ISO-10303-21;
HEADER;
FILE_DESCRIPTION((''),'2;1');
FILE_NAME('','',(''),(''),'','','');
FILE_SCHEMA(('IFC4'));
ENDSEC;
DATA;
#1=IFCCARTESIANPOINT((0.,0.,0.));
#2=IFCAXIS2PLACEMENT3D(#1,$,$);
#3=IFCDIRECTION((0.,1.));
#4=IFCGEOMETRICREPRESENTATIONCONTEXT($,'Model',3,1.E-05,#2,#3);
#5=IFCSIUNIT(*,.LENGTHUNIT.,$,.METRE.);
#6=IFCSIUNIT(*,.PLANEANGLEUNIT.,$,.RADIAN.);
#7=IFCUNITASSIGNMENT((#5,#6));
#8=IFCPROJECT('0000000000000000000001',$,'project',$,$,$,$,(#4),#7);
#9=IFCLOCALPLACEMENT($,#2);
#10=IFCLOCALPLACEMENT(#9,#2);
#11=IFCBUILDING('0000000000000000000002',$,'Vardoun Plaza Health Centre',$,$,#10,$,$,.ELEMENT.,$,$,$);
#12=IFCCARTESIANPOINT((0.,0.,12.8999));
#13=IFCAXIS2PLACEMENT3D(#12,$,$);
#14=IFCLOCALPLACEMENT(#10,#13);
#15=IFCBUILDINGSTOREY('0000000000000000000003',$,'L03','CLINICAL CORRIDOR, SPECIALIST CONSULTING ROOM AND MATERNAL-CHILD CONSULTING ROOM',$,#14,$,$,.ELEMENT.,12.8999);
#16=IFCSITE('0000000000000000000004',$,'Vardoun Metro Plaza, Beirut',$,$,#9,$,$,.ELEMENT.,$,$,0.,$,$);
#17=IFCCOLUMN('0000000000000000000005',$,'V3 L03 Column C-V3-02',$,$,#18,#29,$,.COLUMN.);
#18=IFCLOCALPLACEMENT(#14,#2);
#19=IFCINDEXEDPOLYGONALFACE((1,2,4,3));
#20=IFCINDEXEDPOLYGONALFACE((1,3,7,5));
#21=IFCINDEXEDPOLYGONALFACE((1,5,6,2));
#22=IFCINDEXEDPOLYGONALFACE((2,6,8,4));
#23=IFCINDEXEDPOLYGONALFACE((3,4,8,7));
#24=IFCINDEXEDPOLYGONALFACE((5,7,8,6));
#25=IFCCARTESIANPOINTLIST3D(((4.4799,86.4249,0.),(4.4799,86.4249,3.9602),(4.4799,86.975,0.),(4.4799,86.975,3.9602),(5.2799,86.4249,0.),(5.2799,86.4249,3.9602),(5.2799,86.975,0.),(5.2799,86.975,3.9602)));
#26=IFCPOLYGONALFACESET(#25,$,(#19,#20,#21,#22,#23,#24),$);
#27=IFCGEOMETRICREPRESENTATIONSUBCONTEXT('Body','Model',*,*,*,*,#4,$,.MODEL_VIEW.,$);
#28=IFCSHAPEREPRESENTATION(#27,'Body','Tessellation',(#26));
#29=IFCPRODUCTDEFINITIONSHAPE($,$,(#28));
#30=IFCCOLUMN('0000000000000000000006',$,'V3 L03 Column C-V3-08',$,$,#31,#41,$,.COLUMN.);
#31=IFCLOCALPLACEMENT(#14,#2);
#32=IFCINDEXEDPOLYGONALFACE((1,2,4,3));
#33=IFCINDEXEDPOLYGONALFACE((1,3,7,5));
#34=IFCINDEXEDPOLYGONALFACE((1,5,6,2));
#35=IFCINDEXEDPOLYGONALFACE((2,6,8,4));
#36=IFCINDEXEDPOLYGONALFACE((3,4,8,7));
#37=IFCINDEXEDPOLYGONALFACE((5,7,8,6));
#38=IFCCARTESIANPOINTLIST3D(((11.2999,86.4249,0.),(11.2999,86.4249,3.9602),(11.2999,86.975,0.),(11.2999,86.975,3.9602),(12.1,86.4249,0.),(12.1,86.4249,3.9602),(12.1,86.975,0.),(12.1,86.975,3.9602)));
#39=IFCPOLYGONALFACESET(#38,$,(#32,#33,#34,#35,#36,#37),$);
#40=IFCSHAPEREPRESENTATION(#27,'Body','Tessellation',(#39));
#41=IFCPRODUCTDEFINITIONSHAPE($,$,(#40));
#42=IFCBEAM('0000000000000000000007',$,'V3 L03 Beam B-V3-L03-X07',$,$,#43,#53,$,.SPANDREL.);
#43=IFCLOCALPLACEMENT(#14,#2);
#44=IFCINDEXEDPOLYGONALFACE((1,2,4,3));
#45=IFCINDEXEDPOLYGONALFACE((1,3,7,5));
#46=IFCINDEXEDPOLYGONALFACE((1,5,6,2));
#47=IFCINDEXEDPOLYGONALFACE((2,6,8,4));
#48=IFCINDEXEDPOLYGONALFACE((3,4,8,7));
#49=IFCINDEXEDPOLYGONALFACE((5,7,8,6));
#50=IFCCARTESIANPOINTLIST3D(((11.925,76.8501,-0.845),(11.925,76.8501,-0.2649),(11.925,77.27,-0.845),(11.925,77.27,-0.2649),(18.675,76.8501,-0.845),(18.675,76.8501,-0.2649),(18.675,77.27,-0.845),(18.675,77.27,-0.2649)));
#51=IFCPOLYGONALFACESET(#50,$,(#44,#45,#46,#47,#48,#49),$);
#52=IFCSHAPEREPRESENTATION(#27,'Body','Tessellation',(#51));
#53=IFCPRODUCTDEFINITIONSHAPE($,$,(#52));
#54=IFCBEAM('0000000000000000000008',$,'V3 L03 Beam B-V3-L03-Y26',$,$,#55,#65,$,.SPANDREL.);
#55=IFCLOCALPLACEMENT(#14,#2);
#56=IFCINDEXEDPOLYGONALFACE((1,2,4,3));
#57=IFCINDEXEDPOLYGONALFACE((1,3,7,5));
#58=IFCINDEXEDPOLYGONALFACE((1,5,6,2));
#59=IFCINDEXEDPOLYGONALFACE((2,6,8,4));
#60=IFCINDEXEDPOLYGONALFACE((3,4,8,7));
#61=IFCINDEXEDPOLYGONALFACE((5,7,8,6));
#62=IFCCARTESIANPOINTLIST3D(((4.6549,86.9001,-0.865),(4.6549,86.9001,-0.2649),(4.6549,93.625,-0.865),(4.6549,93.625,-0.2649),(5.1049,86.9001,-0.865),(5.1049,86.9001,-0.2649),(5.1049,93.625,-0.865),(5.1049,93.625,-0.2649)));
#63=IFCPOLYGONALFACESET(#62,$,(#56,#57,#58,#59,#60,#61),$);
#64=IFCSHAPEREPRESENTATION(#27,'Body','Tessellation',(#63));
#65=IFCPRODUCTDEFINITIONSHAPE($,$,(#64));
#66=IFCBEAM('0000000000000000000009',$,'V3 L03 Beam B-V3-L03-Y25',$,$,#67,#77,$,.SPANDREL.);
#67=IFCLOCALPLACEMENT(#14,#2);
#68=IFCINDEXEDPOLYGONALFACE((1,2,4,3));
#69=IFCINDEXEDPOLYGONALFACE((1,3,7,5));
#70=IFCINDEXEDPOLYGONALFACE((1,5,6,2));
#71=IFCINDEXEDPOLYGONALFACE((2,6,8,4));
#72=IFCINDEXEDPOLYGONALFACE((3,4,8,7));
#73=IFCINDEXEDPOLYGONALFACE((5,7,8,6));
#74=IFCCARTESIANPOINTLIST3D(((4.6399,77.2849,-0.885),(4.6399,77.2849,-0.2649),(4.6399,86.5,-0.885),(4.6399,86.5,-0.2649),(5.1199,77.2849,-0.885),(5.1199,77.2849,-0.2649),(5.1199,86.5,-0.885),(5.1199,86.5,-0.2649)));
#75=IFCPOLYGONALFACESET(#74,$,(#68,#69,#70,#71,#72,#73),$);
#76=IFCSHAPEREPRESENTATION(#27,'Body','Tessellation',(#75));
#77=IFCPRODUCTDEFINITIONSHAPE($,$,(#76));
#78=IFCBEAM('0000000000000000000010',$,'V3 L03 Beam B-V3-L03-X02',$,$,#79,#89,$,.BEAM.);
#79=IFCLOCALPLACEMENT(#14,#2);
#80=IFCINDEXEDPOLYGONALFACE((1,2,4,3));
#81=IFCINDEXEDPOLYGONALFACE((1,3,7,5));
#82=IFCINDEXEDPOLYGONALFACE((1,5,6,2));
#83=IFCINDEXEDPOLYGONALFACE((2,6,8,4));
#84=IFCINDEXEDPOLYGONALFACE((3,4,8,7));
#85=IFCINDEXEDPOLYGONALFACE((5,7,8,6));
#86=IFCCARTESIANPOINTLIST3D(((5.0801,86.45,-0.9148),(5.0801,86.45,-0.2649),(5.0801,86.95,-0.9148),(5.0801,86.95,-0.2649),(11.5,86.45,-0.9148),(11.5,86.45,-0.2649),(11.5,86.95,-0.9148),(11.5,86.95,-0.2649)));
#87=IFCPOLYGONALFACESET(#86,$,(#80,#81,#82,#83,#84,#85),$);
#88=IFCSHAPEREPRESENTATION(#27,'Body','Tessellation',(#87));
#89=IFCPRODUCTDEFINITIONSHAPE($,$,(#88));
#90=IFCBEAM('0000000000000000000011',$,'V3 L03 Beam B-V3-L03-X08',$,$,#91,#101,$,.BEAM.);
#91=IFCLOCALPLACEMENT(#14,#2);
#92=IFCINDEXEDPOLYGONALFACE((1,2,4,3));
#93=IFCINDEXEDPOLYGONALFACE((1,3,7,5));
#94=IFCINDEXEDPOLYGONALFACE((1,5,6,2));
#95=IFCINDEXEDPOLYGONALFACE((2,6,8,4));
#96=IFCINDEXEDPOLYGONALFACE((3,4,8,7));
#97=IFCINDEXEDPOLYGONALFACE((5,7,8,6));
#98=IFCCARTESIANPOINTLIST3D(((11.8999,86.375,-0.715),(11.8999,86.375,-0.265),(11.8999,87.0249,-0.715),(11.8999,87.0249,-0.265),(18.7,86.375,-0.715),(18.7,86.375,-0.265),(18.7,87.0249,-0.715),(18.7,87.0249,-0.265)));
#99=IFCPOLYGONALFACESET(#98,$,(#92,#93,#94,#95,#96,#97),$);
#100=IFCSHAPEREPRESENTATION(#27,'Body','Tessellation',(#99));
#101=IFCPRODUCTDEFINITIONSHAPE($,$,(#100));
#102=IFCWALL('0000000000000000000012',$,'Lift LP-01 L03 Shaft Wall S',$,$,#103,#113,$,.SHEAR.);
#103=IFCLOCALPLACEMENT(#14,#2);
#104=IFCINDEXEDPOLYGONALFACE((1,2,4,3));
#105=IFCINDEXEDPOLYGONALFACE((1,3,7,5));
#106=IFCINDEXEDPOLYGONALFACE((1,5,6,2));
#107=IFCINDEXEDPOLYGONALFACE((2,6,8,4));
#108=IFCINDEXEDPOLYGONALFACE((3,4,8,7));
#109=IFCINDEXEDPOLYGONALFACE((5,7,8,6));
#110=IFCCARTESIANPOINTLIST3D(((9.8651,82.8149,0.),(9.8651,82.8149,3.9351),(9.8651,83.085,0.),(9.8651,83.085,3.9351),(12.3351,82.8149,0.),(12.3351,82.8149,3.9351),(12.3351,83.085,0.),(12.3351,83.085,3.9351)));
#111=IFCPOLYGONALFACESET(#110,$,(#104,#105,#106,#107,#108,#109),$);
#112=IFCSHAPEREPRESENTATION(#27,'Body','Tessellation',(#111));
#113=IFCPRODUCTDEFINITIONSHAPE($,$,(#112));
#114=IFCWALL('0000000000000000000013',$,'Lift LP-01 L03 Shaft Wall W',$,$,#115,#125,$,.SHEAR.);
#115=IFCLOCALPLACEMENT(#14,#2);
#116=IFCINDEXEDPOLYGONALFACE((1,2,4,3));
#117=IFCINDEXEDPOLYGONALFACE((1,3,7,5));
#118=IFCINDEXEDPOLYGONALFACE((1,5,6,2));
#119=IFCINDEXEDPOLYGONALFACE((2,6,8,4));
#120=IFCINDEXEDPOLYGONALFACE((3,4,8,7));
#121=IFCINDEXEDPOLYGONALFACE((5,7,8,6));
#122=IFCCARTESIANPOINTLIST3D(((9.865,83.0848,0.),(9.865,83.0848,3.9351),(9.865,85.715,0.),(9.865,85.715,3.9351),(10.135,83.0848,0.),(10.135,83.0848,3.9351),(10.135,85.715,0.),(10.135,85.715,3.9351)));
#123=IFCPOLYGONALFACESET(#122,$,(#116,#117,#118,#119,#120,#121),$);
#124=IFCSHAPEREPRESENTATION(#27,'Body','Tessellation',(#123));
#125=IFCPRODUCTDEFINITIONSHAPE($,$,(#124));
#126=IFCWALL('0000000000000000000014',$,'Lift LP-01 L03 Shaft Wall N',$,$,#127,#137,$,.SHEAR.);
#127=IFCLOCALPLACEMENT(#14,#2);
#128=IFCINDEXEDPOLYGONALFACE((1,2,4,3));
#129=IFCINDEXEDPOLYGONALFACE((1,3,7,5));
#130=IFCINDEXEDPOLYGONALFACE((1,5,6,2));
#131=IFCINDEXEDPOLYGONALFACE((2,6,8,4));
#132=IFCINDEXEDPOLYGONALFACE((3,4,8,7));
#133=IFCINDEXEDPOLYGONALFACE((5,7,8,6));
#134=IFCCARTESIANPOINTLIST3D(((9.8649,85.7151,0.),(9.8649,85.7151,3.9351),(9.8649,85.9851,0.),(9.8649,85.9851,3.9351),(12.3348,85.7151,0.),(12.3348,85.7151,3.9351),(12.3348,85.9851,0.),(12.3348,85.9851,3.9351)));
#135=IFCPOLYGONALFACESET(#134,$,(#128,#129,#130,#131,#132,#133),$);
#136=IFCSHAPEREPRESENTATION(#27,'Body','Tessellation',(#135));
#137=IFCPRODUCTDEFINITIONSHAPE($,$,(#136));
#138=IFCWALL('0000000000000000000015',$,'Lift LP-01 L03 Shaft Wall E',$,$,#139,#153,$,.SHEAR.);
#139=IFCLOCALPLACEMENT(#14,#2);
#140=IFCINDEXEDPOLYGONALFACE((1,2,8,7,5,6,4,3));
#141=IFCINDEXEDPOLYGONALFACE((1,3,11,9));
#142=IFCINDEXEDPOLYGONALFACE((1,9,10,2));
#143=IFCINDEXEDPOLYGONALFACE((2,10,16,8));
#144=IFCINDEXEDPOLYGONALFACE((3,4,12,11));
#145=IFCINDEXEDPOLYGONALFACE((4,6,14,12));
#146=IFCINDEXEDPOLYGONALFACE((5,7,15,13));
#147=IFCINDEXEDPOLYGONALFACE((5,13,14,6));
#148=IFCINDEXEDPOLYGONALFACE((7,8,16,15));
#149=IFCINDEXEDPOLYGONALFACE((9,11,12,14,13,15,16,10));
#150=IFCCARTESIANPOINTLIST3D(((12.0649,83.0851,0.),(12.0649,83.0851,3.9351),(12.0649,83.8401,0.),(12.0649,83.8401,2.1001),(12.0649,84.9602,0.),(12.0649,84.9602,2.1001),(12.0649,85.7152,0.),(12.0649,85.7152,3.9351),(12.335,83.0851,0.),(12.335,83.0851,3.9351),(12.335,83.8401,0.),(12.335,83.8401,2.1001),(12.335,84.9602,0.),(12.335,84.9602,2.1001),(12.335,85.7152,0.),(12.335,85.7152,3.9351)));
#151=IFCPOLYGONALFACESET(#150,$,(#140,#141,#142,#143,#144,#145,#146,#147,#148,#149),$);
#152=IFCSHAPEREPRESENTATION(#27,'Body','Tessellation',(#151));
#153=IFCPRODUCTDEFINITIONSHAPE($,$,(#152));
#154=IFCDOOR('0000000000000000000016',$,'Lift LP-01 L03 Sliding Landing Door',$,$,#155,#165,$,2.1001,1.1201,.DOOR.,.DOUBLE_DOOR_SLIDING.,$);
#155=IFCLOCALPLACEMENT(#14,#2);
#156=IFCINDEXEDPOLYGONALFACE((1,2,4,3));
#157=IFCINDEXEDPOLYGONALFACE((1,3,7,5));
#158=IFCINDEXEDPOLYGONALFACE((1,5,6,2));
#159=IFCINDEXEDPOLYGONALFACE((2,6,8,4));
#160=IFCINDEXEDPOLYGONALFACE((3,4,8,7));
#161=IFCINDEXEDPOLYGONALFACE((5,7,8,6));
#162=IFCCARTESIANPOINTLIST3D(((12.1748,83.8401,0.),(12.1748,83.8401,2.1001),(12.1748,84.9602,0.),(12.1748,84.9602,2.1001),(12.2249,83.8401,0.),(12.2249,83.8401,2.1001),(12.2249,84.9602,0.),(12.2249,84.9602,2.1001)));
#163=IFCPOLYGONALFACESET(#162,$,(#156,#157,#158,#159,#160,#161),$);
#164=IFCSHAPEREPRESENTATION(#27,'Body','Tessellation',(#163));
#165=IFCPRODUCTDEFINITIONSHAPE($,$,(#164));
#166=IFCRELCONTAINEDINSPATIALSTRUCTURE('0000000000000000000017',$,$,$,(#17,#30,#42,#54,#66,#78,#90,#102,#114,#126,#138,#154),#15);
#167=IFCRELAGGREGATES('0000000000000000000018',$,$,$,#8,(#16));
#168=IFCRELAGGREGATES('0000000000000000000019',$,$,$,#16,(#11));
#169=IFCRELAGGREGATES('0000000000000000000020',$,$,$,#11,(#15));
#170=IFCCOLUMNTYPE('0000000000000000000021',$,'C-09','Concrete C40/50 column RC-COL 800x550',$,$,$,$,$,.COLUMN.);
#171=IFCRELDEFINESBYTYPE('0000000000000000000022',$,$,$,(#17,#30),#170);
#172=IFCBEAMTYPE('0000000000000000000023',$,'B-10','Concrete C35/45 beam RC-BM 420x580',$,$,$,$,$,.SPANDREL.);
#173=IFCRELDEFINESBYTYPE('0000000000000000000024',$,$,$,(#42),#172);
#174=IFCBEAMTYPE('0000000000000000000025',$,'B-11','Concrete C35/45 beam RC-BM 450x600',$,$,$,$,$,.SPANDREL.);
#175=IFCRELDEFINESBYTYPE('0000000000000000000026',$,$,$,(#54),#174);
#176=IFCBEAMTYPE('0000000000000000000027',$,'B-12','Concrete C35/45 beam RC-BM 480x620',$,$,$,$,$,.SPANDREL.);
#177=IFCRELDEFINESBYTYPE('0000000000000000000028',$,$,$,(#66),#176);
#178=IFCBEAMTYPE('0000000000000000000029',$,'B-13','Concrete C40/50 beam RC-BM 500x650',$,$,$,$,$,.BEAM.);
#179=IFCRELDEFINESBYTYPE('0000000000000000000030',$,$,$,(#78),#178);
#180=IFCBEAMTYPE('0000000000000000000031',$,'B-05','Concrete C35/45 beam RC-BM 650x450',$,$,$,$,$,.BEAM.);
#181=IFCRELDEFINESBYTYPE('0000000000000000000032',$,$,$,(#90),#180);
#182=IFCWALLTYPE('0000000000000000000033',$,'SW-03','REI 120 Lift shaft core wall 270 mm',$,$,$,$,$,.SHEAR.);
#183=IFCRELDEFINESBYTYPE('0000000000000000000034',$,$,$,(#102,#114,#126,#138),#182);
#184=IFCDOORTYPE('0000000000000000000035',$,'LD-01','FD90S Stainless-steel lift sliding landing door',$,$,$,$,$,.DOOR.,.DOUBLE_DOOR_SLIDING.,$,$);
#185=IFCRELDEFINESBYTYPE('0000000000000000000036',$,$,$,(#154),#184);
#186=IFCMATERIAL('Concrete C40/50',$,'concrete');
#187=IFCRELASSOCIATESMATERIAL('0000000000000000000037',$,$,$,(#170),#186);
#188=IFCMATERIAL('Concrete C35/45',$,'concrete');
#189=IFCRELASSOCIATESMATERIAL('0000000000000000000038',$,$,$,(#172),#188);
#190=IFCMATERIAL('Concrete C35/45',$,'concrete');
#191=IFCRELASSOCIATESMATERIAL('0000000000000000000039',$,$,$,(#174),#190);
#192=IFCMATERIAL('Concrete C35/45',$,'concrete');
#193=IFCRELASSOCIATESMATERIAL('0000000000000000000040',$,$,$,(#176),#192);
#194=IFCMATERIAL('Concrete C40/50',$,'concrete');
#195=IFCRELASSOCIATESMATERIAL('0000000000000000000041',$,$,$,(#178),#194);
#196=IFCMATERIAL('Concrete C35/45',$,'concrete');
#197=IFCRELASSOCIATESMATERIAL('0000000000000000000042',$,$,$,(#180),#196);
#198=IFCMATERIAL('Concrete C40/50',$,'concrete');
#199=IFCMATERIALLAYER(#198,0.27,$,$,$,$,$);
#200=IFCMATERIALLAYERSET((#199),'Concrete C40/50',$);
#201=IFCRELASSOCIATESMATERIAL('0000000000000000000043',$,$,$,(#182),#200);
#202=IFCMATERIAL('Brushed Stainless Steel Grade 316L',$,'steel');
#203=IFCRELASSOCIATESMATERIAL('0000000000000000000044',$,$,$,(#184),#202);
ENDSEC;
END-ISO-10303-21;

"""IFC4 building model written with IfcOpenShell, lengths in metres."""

from ifc_helpers import new_model, si_unit, direction, frame, frame_2d, origin, origin_2d, place, context, subcontext, project, spatial, rectangle, extrude, material, layer, layer_set, material_profile, profile_set, type_object, element, fill, save


model = new_model("IFC4")

# Units and contexts
model_context = context("Model", 3, precision=1e-05, world=origin(), true_north=direction((0.0, 1.0)))
body_context = subcontext(model_context, "Body", "Model", "MODEL_VIEW")
ifc_project = project(units=[si_unit("LENGTHUNIT", "METRE"), si_unit("PLANEANGLEUNIT", "RADIAN")], contexts=[model_context])

# Site, building, storey
site_placement = place(None, origin())
site = spatial("IfcSite", under=ifc_project, at=site_placement, Name="Vardoun Metro Plaza, Beirut", CompositionType="ELEMENT", RefElevation=0.0)
building_placement = place(site_placement, origin())
building = spatial("IfcBuilding", under=site, at=building_placement, Name="Vardoun Plaza Health Centre", CompositionType="ELEMENT")
storey_placement = place(building_placement, frame((0.0, 0.0, 12.8999)))
storey = spatial("IfcBuildingStorey", under=building, at=storey_placement, Name="L03", Description="CLINICAL CORRIDOR, SPECIALIST CONSULTING ROOM AND MATERNAL-CHILD CONSULTING ROOM", CompositionType="ELEMENT", Elevation=12.8999)

# Columns
ifc_material_1 = material(Name="Concrete C40/50", Category="concrete")
ifc_material_profile_1 = material_profile(ifc_material_1, rectangle(XDim=0.8, YDim=0.55, at=origin_2d()), Name="RC-COL 800x550")
ifc_profile_set_1 = profile_set([ifc_material_profile_1], Name="Concrete C40/50")
column_type = type_object("IfcColumnType", Name="C-09", Description="Concrete C40/50 column RC-COL 800x550", PredefinedType="COLUMN", material=ifc_profile_set_1)
for number, where, z_axis, x_axis, name in (
    (1, (4.8799, 86.7, 0.0), (0.0, 0.0, 1.0), (1.0, 0.0, 0.0), "V3 L03 Column C-V3-02"),
    (2, (11.7, 86.7, 0.0), (0.0, 0.0, 1.0), (1.0, 0.0, 0.0), "V3 L03 Column C-V3-08"),
):
    element("IfcColumn", number, at=place(storey_placement, frame(where, z_axis=z_axis, x_axis=x_axis)), inside=storey, type_object=column_type, Name=name, PredefinedType="COLUMN", context=body_context, shape_type="SweptSolid", body=[
        extrude(rectangle(XDim=0.8, YDim=0.55, at=origin_2d()), origin(), (0.0, 0.0, 1.0), 3.9602),
    ])

# Beams
ifc_material_2 = material(Name="Concrete C35/45", Category="concrete")
ifc_material_profile_2 = material_profile(ifc_material_2, rectangle(XDim=0.4199, YDim=0.5801, at=origin_2d()), Name="RC-BM 420x580")
ifc_profile_set_2 = profile_set([ifc_material_profile_2], Name="Concrete C35/45")
beam_type_1 = type_object("IfcBeamType", Name="B-10", Description="Concrete C35/45 beam RC-BM 420x580", PredefinedType="SPANDREL", material=ifc_profile_set_2)
beam_1_placement = place(storey_placement, frame((11.925, 77.0601, -0.5549), z_axis=(1.0, 0.0, 0.0), x_axis=(0.0, 1.0, 0.0)))
element("IfcBeam", 3, at=beam_1_placement, inside=storey, type_object=beam_type_1, Name="V3 L03 Beam B-V3-L03-X07", PredefinedType="SPANDREL", context=body_context, shape_type="SweptSolid", body=[
    extrude(rectangle(XDim=0.4199, YDim=0.5801, at=origin_2d()), origin(), (0.0, 0.0, 1.0), 6.75),
])
ifc_material_3 = material(Name="Concrete C35/45", Category="concrete")
ifc_material_profile_3 = material_profile(ifc_material_3, rectangle(XDim=0.45, YDim=0.6001, at=origin_2d()), Name="RC-BM 450x600")
ifc_profile_set_3 = profile_set([ifc_material_profile_3], Name="Concrete C35/45")
beam_type_2 = type_object("IfcBeamType", Name="B-11", Description="Concrete C35/45 beam RC-BM 450x600", PredefinedType="SPANDREL", material=ifc_profile_set_3)
beam_2_placement = place(storey_placement, frame((4.8799, 86.9001, -0.5649), z_axis=(0.0, 1.0, 0.0), x_axis=(-1.0, 0.0, 0.0)))
element("IfcBeam", 4, at=beam_2_placement, inside=storey, type_object=beam_type_2, Name="V3 L03 Beam B-V3-L03-Y26", PredefinedType="SPANDREL", context=body_context, shape_type="SweptSolid", body=[
    extrude(rectangle(XDim=0.45, YDim=0.6001, at=origin_2d()), origin(), (0.0, 0.0, 1.0), 6.7249),
])
ifc_material_4 = material(Name="Concrete C35/45", Category="concrete")
ifc_material_profile_4 = material_profile(ifc_material_4, rectangle(XDim=0.48, YDim=0.6201, at=origin_2d()), Name="RC-BM 480x620")
ifc_profile_set_4 = profile_set([ifc_material_profile_4], Name="Concrete C35/45")
beam_type_3 = type_object("IfcBeamType", Name="B-12", Description="Concrete C35/45 beam RC-BM 480x620", PredefinedType="SPANDREL", material=ifc_profile_set_4)
beam_3_placement = place(storey_placement, frame((4.8799, 77.2849, -0.575), z_axis=(0.0, 1.0, 0.0), x_axis=(-1.0, 0.0, 0.0)))
element("IfcBeam", 5, at=beam_3_placement, inside=storey, type_object=beam_type_3, Name="V3 L03 Beam B-V3-L03-Y25", PredefinedType="SPANDREL", context=body_context, shape_type="SweptSolid", body=[
    extrude(rectangle(XDim=0.48, YDim=0.6201, at=origin_2d()), origin(), (0.0, 0.0, 1.0), 9.2151),
])
ifc_material_5 = material(Name="Concrete C40/50", Category="concrete")
ifc_material_profile_5 = material_profile(ifc_material_5, rectangle(XDim=0.5, YDim=0.6499, at=origin_2d()), Name="RC-BM 500x650")
ifc_profile_set_5 = profile_set([ifc_material_profile_5], Name="Concrete C40/50")
beam_type_4 = type_object("IfcBeamType", Name="B-13", Description="Concrete C40/50 beam RC-BM 500x650", PredefinedType="BEAM", material=ifc_profile_set_5)
beam_4_placement = place(storey_placement, frame((5.0801, 86.7, -0.5898), z_axis=(1.0, 0.0, 0.0), x_axis=(0.0, 1.0, 0.0)))
element("IfcBeam", 6, at=beam_4_placement, inside=storey, type_object=beam_type_4, Name="V3 L03 Beam B-V3-L03-X02", PredefinedType="BEAM", context=body_context, shape_type="SweptSolid", body=[
    extrude(rectangle(XDim=0.5, YDim=0.6499, at=origin_2d()), origin(), (0.0, 0.0, 1.0), 6.4199),
])
ifc_material_6 = material(Name="Concrete C35/45", Category="concrete")
ifc_material_profile_6 = material_profile(ifc_material_6, rectangle(XDim=0.6499, YDim=0.45, at=origin_2d()), Name="RC-BM 650x450")
ifc_profile_set_6 = profile_set([ifc_material_profile_6], Name="Concrete C35/45")
beam_type_5 = type_object("IfcBeamType", Name="B-05", Description="Concrete C35/45 beam RC-BM 650x450", PredefinedType="BEAM", material=ifc_profile_set_6)
beam_5_placement = place(storey_placement, frame((11.8999, 86.7, -0.49), z_axis=(1.0, 0.0, 0.0), x_axis=(0.0, 1.0, 0.0)))
element("IfcBeam", 7, at=beam_5_placement, inside=storey, type_object=beam_type_5, Name="V3 L03 Beam B-V3-L03-X08", PredefinedType="BEAM", context=body_context, shape_type="SweptSolid", body=[
    extrude(rectangle(XDim=0.6499, YDim=0.45, at=origin_2d()), origin(), (0.0, 0.0, 1.0), 6.8),
])

# Walls
ifc_material_7 = material(Name="Concrete C40/50", Category="concrete")
ifc_layer_1 = layer(ifc_material_7, 0.27)
ifc_layer_set_1 = layer_set([ifc_layer_1], Name="Concrete C40/50")
wall_type_1 = type_object("IfcWallType", Name="SW-03", Description="REI 120 Lift shaft core wall 270 mm", PredefinedType="SHEAR", material=ifc_layer_set_1)
wall_1_placement = place(storey_placement, frame((12.335, 82.95, 0.0), z_axis=(0.0, 0.0, 1.0), x_axis=(-1.0, 0.0, 0.0)))
element("IfcWall", 8, at=wall_1_placement, inside=storey, type_object=wall_type_1, Name="Lift LP-01 L03 Shaft Wall S", PredefinedType="SHEAR", context=body_context, shape_type="SweptSolid", body=[
    extrude(rectangle(XDim=2.47, YDim=0.27, at=frame_2d((1.2349, 0.0))), origin(), (0.0, 0.0, 1.0), 3.9351),
])
wall_2_placement = place(storey_placement, frame((10.0, 83.085, 0.0), z_axis=(0.0, 0.0, 1.0), x_axis=(0.0, 1.0, 0.0)))
element("IfcWall", 9, at=wall_2_placement, inside=storey, type_object=wall_type_1, Name="Lift LP-01 L03 Shaft Wall W", PredefinedType="SHEAR", context=body_context, shape_type="SweptSolid", body=[
    extrude(rectangle(XDim=2.6301, YDim=0.27, at=frame_2d((1.3149, 0.0))), origin(), (0.0, 0.0, 1.0), 3.9351),
])
wall_3_placement = place(storey_placement, frame((9.865, 85.8501, 0.0), z_axis=(0.0, 0.0, 1.0), x_axis=(1.0, 0.0, 0.0)))
element("IfcWall", 10, at=wall_3_placement, inside=storey, type_object=wall_type_1, Name="Lift LP-01 L03 Shaft Wall N", PredefinedType="SHEAR", context=body_context, shape_type="SweptSolid", body=[
    extrude(rectangle(XDim=2.47, YDim=0.27, at=frame_2d((1.2349, 0.0))), origin(), (0.0, 0.0, 1.0), 3.9351),
])

# Wall, opening, door
wall_4_placement = place(storey_placement, frame((12.2, 85.7151, 0.0), z_axis=(0.0, 0.0, 1.0), x_axis=(0.0, -1.0, 0.0)))
wall_4 = element("IfcWall", 11, at=wall_4_placement, inside=storey, type_object=wall_type_1, Name="Lift LP-01 L03 Shaft Wall E", PredefinedType="SHEAR", context=body_context, shape_type="SweptSolid", body=[
    extrude(rectangle(XDim=2.6301, YDim=0.27, at=frame_2d((1.3149, 0.0))), origin(), (0.0, 0.0, 1.0), 3.9351),
])
opening_1_placement = place(wall_4_placement, frame((0.7549, 0.0, 0.0)))
opening_1 = element("IfcOpeningElement", 12, at=opening_1_placement, cuts=wall_4, PredefinedType="OPENING", context=body_context, shape_type="SweptSolid", body=[
    extrude(rectangle(XDim=1.1201, YDim=2.1001, at=frame_2d((0.5601, 1.05))), frame((0.0, 0.135, 0.0), z_axis=(0.0, -1.0, 0.0), x_axis=(1.0, 0.0, 0.0)), (0.0, 0.0, 1.0), 0.27),
])
ifc_material_8 = material(Name="Brushed Stainless Steel Grade 316L", Category="steel")
door_type_1 = type_object("IfcDoorType", Name="LD-01", Description="FD90S Stainless-steel lift sliding landing door", OperationType="DOUBLE_DOOR_SLIDING", PredefinedType="DOOR", material=ifc_material_8)
door_1_placement = place(opening_1_placement, origin())
door_1 = element("IfcDoor", 13, at=door_1_placement, inside=storey, type_object=door_type_1, Name="Lift LP-01 L03 Sliding Landing Door", OperationType="DOUBLE_DOOR_SLIDING", OverallHeight=2.1001, OverallWidth=1.1201, PredefinedType="DOOR", context=body_context, shape_type="SweptSolid", body=[
    extrude(rectangle(XDim=1.1201, YDim=2.1001, at=frame_2d((0.5601, 1.05))), frame((0.0, 0.0249, 0.0), z_axis=(0.0, -1.0, 0.0), x_axis=(1.0, 0.0, 0.0)), (0.0, 0.0, 1.0), 0.05),
])
fill(opening_1, door_1)

save(model, "model.ifc")
